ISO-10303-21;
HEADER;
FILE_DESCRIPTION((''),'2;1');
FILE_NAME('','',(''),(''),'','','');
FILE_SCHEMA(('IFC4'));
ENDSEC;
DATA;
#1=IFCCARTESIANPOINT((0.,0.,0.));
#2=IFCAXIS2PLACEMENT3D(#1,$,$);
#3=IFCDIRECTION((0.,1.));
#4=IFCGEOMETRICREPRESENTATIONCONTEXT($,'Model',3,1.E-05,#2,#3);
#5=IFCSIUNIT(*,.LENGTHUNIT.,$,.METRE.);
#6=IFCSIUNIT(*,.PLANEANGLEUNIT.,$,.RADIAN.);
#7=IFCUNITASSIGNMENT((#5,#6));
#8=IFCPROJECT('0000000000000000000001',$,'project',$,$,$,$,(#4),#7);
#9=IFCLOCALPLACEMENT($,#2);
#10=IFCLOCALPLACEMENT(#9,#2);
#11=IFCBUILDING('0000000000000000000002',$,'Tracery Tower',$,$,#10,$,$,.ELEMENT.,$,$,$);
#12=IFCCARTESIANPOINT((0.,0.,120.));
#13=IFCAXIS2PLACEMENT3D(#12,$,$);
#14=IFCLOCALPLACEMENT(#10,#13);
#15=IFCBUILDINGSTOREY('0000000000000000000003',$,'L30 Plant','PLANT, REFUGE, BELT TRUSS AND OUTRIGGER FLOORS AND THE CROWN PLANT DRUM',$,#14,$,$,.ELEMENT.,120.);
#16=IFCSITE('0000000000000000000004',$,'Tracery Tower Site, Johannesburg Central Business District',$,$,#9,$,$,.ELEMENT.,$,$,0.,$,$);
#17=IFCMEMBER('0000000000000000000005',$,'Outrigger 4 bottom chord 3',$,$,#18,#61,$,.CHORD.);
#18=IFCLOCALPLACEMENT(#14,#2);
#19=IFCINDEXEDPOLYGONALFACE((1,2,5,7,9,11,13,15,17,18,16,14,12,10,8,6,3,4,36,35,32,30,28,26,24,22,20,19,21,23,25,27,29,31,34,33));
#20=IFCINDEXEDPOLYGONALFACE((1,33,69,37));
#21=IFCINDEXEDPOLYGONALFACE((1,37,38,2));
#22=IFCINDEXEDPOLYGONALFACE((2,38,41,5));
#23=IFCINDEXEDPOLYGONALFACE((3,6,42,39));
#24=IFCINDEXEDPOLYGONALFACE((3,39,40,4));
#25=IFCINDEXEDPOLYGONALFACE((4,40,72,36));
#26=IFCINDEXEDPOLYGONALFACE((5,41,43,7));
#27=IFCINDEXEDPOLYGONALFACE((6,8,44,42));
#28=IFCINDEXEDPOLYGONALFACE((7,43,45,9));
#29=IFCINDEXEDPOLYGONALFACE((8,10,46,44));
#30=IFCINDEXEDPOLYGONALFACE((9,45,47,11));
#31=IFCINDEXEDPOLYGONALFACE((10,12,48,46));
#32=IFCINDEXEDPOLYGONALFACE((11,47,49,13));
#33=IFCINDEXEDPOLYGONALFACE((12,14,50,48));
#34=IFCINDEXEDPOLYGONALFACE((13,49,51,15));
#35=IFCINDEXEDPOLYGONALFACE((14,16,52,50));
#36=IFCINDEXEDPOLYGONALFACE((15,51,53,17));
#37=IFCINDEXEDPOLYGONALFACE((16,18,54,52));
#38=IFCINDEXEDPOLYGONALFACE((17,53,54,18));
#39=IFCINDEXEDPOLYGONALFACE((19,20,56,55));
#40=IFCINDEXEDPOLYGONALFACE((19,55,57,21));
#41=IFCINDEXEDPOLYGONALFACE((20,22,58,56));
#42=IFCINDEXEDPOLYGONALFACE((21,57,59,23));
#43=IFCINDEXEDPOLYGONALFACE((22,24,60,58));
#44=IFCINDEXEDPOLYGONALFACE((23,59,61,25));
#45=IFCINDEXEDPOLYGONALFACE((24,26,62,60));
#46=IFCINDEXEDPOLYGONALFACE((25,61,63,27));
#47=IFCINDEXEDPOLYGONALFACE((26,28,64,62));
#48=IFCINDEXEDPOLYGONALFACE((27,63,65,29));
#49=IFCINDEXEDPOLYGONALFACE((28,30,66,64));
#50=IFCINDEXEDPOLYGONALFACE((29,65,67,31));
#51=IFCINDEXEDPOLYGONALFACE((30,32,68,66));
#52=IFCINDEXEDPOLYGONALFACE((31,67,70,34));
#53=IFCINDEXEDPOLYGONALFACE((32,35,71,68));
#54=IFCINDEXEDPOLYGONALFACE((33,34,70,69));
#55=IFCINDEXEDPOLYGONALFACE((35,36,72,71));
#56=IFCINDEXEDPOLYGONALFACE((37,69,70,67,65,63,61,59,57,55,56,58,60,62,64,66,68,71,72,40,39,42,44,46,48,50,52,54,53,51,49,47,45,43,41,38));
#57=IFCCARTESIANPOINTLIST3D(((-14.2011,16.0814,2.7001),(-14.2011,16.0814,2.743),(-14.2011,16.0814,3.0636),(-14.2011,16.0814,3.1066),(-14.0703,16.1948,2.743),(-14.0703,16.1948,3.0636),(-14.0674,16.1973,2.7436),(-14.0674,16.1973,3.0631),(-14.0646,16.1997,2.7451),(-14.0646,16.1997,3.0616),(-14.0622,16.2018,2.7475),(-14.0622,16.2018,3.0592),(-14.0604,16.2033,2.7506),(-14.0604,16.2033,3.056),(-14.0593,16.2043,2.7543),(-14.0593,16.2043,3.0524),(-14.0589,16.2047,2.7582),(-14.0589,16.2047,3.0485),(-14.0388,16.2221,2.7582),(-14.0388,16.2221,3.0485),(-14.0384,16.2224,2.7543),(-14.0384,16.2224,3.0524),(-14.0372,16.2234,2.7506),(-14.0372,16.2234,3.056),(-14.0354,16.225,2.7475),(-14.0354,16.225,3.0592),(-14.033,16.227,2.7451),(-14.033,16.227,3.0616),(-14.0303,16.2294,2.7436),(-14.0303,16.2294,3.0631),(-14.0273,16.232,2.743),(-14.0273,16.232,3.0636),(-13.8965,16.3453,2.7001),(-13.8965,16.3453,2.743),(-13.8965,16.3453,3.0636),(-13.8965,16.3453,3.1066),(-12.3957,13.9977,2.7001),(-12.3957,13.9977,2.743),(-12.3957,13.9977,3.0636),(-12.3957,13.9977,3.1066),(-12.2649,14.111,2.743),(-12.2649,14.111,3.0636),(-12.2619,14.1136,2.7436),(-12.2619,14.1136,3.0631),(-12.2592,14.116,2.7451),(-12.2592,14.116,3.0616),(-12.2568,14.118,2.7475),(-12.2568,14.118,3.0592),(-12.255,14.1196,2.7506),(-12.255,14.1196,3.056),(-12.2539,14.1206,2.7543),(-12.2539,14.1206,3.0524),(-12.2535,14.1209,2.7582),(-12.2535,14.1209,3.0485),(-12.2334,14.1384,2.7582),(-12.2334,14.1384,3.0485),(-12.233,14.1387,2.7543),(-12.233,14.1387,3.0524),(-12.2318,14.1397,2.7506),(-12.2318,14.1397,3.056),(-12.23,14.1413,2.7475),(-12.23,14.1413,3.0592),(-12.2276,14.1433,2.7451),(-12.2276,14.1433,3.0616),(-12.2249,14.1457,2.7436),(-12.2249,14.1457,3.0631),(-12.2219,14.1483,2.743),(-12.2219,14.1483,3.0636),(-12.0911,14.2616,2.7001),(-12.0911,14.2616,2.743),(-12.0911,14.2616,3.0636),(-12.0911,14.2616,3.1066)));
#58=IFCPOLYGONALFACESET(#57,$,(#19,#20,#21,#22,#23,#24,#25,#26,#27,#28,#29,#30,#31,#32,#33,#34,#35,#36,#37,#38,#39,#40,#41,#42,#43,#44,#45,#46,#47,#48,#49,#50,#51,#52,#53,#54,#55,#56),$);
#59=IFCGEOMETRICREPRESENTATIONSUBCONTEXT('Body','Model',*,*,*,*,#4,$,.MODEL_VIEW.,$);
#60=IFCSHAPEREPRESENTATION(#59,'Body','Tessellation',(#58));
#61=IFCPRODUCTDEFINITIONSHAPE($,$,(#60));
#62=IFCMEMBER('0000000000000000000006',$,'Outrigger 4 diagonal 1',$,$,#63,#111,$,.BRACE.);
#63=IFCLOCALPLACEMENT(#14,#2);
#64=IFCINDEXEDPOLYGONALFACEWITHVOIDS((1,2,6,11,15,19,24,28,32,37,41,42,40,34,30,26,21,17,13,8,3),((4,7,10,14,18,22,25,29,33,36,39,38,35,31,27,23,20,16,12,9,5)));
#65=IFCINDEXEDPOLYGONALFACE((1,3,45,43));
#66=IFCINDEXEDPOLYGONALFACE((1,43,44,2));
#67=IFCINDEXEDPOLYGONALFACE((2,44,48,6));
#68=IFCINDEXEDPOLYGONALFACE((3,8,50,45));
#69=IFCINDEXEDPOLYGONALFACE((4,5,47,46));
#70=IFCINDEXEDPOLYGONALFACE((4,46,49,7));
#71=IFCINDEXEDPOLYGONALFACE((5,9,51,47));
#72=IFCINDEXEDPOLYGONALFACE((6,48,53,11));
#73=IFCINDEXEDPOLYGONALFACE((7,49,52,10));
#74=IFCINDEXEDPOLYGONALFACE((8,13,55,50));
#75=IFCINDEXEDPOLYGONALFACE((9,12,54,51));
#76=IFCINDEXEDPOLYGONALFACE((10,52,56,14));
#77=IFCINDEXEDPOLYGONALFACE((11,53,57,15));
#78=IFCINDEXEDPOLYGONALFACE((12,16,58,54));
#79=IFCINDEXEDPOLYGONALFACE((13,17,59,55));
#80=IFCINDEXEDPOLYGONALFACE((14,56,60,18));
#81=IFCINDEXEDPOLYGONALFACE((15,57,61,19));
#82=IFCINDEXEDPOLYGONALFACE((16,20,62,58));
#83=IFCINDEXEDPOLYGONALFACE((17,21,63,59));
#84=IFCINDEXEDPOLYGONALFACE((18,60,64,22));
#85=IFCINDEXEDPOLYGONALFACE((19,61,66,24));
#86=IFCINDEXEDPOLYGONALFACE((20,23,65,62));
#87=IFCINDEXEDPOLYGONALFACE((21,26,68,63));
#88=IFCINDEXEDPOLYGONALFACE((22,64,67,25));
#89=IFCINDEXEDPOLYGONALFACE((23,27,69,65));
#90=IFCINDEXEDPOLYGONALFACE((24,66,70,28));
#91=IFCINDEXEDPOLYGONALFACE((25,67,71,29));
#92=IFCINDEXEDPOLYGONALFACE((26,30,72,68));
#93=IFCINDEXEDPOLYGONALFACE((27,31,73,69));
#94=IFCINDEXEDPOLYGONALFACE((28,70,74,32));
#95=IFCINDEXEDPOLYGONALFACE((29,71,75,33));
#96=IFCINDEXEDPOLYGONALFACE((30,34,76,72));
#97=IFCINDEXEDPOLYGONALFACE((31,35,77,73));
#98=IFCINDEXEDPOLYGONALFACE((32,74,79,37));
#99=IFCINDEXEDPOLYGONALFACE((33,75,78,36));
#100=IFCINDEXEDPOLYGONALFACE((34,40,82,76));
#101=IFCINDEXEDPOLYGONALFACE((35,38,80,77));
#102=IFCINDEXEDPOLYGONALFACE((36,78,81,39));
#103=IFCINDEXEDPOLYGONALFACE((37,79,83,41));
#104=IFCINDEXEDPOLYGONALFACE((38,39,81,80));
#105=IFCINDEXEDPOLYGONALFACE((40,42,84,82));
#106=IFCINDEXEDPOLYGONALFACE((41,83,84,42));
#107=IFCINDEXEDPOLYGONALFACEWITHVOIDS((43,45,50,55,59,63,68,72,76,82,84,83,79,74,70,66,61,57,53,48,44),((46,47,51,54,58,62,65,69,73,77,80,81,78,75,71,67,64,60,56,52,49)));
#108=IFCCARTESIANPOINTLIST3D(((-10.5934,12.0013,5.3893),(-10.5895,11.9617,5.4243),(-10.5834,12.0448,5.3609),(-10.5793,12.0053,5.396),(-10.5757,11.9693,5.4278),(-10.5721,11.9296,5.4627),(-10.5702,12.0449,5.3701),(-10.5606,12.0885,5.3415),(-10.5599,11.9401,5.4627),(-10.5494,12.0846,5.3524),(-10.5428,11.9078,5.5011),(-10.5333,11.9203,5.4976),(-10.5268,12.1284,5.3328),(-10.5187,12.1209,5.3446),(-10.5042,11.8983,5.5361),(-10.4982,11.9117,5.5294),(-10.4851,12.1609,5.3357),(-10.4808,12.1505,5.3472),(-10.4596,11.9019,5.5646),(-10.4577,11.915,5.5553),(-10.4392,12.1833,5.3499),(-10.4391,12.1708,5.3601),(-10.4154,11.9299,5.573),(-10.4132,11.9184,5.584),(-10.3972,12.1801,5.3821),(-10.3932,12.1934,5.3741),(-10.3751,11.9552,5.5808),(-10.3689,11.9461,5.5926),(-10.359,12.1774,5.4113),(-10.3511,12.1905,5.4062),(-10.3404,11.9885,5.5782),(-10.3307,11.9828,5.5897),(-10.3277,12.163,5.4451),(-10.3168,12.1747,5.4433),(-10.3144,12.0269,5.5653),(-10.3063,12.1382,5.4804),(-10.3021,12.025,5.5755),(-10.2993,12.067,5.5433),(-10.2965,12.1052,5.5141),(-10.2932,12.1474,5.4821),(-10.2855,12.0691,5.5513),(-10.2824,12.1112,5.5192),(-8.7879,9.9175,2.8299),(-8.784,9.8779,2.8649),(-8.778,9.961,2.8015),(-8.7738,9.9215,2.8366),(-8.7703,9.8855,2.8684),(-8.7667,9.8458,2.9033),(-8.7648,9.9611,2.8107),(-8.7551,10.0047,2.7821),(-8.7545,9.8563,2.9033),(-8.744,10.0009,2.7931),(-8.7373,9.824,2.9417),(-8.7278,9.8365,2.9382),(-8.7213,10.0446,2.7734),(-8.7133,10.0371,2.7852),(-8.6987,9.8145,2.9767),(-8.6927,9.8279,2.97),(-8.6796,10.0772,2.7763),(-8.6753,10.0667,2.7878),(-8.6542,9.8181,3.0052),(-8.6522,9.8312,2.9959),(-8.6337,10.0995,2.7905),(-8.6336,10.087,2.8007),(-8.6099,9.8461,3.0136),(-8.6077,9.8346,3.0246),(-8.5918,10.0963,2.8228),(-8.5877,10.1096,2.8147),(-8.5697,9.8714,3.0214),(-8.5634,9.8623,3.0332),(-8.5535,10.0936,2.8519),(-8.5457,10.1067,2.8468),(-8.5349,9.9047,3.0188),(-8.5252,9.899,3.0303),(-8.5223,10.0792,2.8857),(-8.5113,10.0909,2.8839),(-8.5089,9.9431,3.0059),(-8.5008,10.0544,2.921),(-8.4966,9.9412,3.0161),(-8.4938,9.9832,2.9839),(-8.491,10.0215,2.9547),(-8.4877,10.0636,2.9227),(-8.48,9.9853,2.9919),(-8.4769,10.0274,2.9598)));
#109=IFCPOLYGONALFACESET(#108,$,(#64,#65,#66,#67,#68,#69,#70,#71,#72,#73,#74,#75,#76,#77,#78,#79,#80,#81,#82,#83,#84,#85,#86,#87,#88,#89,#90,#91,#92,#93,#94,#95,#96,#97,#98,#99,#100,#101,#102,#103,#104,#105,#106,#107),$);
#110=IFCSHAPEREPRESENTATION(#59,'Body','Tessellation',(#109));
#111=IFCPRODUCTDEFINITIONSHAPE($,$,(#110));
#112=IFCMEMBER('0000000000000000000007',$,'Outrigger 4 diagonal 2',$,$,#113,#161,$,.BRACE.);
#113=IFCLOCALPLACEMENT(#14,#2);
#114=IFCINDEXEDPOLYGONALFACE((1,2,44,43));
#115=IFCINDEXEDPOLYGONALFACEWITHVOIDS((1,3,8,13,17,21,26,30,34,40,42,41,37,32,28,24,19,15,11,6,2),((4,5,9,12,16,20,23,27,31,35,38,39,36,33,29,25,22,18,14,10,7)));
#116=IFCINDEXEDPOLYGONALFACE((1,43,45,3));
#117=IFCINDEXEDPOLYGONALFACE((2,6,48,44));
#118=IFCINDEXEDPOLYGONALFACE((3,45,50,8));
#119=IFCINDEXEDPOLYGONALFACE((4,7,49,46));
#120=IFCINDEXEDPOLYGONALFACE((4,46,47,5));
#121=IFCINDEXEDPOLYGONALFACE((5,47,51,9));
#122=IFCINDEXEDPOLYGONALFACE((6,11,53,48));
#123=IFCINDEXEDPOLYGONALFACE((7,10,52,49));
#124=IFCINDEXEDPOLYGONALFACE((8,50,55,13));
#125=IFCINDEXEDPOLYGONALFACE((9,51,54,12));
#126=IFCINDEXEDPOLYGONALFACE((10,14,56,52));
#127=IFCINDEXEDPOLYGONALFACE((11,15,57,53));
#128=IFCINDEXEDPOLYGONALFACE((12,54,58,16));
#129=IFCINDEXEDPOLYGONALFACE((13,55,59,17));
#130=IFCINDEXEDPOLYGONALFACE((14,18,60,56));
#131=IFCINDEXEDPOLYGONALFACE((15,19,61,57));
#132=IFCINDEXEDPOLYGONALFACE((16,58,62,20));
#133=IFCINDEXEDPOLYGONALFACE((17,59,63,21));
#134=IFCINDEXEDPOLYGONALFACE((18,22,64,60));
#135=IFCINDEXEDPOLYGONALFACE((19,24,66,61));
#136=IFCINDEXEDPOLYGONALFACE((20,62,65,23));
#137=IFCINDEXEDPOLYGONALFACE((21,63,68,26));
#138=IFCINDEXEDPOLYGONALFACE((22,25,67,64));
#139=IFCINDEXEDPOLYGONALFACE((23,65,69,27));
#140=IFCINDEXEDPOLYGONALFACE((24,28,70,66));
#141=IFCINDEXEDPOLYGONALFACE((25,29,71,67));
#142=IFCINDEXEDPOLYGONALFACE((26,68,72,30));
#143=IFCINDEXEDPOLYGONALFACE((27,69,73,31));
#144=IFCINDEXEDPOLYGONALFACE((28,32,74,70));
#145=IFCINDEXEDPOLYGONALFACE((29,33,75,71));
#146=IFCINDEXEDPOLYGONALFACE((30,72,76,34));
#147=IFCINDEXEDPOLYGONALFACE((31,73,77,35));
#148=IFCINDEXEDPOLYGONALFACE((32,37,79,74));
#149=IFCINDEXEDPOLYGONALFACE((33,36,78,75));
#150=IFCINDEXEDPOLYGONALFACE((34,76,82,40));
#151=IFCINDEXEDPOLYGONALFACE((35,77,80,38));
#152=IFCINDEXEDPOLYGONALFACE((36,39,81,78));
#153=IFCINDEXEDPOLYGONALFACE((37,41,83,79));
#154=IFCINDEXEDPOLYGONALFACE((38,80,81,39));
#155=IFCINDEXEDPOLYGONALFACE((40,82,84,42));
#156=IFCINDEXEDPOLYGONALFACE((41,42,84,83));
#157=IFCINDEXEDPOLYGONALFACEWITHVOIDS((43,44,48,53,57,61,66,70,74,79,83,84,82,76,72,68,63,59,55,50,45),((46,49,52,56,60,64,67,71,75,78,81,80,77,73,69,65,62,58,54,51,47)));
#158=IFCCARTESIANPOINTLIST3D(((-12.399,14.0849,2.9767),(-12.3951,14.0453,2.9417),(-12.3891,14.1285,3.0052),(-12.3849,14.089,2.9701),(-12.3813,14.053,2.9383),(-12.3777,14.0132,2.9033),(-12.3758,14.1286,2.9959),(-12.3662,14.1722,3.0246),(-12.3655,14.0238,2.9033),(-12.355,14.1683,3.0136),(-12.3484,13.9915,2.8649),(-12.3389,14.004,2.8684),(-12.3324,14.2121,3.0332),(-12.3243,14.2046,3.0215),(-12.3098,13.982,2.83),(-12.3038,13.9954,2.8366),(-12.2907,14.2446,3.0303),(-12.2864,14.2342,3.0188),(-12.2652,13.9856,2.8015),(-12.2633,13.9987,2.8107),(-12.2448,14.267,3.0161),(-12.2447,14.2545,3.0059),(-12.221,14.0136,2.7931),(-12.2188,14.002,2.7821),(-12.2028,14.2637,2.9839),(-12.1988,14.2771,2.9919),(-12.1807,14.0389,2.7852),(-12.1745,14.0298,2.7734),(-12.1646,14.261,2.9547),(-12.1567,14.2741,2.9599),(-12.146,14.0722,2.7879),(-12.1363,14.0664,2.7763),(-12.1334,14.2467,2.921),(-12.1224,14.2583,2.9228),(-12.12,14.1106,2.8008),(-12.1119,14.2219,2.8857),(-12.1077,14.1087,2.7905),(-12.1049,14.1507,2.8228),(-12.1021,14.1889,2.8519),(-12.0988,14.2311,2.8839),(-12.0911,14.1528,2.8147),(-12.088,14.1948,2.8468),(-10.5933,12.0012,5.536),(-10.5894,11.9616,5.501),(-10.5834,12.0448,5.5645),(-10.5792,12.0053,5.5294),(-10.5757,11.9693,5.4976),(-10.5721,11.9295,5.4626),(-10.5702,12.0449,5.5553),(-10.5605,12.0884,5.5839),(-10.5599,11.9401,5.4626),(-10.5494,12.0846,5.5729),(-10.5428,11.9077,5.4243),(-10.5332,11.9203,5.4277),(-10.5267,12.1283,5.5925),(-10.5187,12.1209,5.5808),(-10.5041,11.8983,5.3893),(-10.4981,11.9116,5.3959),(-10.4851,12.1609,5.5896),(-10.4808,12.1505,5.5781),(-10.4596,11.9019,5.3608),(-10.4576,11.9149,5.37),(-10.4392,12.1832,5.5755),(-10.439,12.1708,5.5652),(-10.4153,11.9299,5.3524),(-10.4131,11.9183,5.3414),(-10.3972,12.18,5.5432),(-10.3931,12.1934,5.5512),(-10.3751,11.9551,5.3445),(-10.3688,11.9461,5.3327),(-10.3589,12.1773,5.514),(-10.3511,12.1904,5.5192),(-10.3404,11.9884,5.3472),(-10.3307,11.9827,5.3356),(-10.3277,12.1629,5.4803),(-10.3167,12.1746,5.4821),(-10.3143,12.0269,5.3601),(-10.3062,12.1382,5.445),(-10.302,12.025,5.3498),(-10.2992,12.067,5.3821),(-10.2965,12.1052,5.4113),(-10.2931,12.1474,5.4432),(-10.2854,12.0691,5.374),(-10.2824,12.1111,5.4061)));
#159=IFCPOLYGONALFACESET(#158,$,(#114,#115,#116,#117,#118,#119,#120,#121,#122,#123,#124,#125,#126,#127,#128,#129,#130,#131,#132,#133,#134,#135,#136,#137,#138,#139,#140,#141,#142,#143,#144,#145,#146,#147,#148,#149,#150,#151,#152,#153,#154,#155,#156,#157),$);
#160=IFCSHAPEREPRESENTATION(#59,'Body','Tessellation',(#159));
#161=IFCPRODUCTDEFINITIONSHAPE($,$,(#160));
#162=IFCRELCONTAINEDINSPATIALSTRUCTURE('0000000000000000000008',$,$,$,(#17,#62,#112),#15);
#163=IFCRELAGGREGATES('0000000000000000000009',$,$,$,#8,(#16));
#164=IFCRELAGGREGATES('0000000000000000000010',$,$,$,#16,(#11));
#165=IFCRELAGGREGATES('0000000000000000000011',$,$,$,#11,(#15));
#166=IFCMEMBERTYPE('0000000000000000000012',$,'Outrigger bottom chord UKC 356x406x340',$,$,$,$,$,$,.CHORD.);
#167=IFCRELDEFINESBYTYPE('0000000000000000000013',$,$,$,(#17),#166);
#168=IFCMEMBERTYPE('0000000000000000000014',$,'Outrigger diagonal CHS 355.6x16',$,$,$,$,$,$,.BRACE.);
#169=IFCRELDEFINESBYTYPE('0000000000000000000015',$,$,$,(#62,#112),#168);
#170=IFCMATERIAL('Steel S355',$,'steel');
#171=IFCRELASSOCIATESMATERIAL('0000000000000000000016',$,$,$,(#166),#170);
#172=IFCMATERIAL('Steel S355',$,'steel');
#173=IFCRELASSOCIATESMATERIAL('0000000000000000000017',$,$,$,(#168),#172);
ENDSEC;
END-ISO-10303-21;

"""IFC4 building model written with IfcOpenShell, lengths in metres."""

from ifc_helpers import new_model, si_unit, direction, frame, origin, origin_2d, place, context, subcontext, project, spatial, hollow_circle, i_section, extrude, material, material_profile, profile_set, type_object, element, save


model = new_model("IFC4")

# Units and contexts
model_context = context("Model", 3, precision=1e-05, world=origin(), true_north=direction((0.0, 1.0)))
body_context = subcontext(model_context, "Body", "Model", "MODEL_VIEW")
ifc_project = project(units=[si_unit("LENGTHUNIT", "METRE"), si_unit("PLANEANGLEUNIT", "RADIAN")], contexts=[model_context])

# Site, building, storey
site_placement = place(None, origin())
site = spatial("IfcSite", under=ifc_project, at=site_placement, Name="Tracery Tower Site, Johannesburg Central Business District", CompositionType="ELEMENT", RefElevation=0.0)
building_placement = place(site_placement, origin())
building = spatial("IfcBuilding", under=site, at=building_placement, Name="Tracery Tower", CompositionType="ELEMENT")
storey_placement = place(building_placement, frame((0.0, 0.0, 120.0)))
storey = spatial("IfcBuildingStorey", under=building, at=storey_placement, Name="L30 Plant", Description="PLANT, REFUGE, BELT TRUSS AND OUTRIGGER FLOORS AND THE CROWN PLANT DRUM", CompositionType="ELEMENT", Elevation=120.0)

# Members
ifc_material_1 = material(Name="Steel S355", Category="steel")
ifc_material_profile_1 = material_profile(ifc_material_1, i_section(OverallWidth=0.4031, OverallDepth=0.4065, WebThickness=0.0266, FlangeThickness=0.043, FilletRadius=0.0151, at=origin_2d()), Name="UKC 356x406x340")
ifc_profile_set_1 = profile_set([ifc_material_profile_1], Name="Steel S355")
member_type_1 = type_object("IfcMemberType", Name="Outrigger bottom chord UKC 356x406x340", PredefinedType="CHORD", material=ifc_profile_set_1)
member_1_placement = place(storey_placement, frame((-12.2434, 14.1296, 2.9033), z_axis=(-0.654829, 0.755777, 0.0), x_axis=(-0.755777, -0.654829, 0.0)))
element("IfcMember", 1, at=member_1_placement, inside=storey, type_object=member_type_1, Name="Outrigger 4 bottom chord 3", PredefinedType="CHORD", context=body_context, shape_type="SweptSolid", body=[
    extrude(i_section(OverallWidth=0.4031, OverallDepth=0.4065, WebThickness=0.0266, FlangeThickness=0.043, FilletRadius=0.0151, at=origin_2d()), origin(), (0.0, 0.0, 1.0), 2.7571),
])
ifc_material_2 = material(Name="Steel S355", Category="steel")
ifc_material_profile_2 = material_profile(ifc_material_2, hollow_circle(Radius=0.1777, WallThickness=0.0161, at=origin_2d()), Name="CHS 355.6x16")
ifc_profile_set_2 = profile_set([ifc_material_profile_2], Name="Steel S355")
member_type_2 = type_object("IfcMemberType", Name="Outrigger diagonal CHS 355.6x16", PredefinedType="BRACE", material=ifc_profile_set_2)
for number, where, z_axis, x_axis, name in (
    (2, (-8.6323, 9.9622, 2.9033), (-0.479926, 0.553911, 0.680334), (-0.755777, -0.654829, 0.0), "Outrigger 4 diagonal 1"),
    (3, (-10.4377, 12.0459, 5.4626), (-0.479976, 0.553894, -0.680312), (-0.755733, -0.65488, 0.0), "Outrigger 4 diagonal 2"),
):
    element("IfcMember", number, at=place(storey_placement, frame(where, z_axis=z_axis, x_axis=x_axis)), inside=storey, type_object=member_type_2, Name=name, PredefinedType="BRACE", context=body_context, shape_type="SweptSolid", body=[
        extrude(hollow_circle(Radius=0.1777, WallThickness=0.0161, at=origin_2d()), origin(), (0.0, 0.0, 1.0), 3.762),
    ])

save(model, "model.ifc")
